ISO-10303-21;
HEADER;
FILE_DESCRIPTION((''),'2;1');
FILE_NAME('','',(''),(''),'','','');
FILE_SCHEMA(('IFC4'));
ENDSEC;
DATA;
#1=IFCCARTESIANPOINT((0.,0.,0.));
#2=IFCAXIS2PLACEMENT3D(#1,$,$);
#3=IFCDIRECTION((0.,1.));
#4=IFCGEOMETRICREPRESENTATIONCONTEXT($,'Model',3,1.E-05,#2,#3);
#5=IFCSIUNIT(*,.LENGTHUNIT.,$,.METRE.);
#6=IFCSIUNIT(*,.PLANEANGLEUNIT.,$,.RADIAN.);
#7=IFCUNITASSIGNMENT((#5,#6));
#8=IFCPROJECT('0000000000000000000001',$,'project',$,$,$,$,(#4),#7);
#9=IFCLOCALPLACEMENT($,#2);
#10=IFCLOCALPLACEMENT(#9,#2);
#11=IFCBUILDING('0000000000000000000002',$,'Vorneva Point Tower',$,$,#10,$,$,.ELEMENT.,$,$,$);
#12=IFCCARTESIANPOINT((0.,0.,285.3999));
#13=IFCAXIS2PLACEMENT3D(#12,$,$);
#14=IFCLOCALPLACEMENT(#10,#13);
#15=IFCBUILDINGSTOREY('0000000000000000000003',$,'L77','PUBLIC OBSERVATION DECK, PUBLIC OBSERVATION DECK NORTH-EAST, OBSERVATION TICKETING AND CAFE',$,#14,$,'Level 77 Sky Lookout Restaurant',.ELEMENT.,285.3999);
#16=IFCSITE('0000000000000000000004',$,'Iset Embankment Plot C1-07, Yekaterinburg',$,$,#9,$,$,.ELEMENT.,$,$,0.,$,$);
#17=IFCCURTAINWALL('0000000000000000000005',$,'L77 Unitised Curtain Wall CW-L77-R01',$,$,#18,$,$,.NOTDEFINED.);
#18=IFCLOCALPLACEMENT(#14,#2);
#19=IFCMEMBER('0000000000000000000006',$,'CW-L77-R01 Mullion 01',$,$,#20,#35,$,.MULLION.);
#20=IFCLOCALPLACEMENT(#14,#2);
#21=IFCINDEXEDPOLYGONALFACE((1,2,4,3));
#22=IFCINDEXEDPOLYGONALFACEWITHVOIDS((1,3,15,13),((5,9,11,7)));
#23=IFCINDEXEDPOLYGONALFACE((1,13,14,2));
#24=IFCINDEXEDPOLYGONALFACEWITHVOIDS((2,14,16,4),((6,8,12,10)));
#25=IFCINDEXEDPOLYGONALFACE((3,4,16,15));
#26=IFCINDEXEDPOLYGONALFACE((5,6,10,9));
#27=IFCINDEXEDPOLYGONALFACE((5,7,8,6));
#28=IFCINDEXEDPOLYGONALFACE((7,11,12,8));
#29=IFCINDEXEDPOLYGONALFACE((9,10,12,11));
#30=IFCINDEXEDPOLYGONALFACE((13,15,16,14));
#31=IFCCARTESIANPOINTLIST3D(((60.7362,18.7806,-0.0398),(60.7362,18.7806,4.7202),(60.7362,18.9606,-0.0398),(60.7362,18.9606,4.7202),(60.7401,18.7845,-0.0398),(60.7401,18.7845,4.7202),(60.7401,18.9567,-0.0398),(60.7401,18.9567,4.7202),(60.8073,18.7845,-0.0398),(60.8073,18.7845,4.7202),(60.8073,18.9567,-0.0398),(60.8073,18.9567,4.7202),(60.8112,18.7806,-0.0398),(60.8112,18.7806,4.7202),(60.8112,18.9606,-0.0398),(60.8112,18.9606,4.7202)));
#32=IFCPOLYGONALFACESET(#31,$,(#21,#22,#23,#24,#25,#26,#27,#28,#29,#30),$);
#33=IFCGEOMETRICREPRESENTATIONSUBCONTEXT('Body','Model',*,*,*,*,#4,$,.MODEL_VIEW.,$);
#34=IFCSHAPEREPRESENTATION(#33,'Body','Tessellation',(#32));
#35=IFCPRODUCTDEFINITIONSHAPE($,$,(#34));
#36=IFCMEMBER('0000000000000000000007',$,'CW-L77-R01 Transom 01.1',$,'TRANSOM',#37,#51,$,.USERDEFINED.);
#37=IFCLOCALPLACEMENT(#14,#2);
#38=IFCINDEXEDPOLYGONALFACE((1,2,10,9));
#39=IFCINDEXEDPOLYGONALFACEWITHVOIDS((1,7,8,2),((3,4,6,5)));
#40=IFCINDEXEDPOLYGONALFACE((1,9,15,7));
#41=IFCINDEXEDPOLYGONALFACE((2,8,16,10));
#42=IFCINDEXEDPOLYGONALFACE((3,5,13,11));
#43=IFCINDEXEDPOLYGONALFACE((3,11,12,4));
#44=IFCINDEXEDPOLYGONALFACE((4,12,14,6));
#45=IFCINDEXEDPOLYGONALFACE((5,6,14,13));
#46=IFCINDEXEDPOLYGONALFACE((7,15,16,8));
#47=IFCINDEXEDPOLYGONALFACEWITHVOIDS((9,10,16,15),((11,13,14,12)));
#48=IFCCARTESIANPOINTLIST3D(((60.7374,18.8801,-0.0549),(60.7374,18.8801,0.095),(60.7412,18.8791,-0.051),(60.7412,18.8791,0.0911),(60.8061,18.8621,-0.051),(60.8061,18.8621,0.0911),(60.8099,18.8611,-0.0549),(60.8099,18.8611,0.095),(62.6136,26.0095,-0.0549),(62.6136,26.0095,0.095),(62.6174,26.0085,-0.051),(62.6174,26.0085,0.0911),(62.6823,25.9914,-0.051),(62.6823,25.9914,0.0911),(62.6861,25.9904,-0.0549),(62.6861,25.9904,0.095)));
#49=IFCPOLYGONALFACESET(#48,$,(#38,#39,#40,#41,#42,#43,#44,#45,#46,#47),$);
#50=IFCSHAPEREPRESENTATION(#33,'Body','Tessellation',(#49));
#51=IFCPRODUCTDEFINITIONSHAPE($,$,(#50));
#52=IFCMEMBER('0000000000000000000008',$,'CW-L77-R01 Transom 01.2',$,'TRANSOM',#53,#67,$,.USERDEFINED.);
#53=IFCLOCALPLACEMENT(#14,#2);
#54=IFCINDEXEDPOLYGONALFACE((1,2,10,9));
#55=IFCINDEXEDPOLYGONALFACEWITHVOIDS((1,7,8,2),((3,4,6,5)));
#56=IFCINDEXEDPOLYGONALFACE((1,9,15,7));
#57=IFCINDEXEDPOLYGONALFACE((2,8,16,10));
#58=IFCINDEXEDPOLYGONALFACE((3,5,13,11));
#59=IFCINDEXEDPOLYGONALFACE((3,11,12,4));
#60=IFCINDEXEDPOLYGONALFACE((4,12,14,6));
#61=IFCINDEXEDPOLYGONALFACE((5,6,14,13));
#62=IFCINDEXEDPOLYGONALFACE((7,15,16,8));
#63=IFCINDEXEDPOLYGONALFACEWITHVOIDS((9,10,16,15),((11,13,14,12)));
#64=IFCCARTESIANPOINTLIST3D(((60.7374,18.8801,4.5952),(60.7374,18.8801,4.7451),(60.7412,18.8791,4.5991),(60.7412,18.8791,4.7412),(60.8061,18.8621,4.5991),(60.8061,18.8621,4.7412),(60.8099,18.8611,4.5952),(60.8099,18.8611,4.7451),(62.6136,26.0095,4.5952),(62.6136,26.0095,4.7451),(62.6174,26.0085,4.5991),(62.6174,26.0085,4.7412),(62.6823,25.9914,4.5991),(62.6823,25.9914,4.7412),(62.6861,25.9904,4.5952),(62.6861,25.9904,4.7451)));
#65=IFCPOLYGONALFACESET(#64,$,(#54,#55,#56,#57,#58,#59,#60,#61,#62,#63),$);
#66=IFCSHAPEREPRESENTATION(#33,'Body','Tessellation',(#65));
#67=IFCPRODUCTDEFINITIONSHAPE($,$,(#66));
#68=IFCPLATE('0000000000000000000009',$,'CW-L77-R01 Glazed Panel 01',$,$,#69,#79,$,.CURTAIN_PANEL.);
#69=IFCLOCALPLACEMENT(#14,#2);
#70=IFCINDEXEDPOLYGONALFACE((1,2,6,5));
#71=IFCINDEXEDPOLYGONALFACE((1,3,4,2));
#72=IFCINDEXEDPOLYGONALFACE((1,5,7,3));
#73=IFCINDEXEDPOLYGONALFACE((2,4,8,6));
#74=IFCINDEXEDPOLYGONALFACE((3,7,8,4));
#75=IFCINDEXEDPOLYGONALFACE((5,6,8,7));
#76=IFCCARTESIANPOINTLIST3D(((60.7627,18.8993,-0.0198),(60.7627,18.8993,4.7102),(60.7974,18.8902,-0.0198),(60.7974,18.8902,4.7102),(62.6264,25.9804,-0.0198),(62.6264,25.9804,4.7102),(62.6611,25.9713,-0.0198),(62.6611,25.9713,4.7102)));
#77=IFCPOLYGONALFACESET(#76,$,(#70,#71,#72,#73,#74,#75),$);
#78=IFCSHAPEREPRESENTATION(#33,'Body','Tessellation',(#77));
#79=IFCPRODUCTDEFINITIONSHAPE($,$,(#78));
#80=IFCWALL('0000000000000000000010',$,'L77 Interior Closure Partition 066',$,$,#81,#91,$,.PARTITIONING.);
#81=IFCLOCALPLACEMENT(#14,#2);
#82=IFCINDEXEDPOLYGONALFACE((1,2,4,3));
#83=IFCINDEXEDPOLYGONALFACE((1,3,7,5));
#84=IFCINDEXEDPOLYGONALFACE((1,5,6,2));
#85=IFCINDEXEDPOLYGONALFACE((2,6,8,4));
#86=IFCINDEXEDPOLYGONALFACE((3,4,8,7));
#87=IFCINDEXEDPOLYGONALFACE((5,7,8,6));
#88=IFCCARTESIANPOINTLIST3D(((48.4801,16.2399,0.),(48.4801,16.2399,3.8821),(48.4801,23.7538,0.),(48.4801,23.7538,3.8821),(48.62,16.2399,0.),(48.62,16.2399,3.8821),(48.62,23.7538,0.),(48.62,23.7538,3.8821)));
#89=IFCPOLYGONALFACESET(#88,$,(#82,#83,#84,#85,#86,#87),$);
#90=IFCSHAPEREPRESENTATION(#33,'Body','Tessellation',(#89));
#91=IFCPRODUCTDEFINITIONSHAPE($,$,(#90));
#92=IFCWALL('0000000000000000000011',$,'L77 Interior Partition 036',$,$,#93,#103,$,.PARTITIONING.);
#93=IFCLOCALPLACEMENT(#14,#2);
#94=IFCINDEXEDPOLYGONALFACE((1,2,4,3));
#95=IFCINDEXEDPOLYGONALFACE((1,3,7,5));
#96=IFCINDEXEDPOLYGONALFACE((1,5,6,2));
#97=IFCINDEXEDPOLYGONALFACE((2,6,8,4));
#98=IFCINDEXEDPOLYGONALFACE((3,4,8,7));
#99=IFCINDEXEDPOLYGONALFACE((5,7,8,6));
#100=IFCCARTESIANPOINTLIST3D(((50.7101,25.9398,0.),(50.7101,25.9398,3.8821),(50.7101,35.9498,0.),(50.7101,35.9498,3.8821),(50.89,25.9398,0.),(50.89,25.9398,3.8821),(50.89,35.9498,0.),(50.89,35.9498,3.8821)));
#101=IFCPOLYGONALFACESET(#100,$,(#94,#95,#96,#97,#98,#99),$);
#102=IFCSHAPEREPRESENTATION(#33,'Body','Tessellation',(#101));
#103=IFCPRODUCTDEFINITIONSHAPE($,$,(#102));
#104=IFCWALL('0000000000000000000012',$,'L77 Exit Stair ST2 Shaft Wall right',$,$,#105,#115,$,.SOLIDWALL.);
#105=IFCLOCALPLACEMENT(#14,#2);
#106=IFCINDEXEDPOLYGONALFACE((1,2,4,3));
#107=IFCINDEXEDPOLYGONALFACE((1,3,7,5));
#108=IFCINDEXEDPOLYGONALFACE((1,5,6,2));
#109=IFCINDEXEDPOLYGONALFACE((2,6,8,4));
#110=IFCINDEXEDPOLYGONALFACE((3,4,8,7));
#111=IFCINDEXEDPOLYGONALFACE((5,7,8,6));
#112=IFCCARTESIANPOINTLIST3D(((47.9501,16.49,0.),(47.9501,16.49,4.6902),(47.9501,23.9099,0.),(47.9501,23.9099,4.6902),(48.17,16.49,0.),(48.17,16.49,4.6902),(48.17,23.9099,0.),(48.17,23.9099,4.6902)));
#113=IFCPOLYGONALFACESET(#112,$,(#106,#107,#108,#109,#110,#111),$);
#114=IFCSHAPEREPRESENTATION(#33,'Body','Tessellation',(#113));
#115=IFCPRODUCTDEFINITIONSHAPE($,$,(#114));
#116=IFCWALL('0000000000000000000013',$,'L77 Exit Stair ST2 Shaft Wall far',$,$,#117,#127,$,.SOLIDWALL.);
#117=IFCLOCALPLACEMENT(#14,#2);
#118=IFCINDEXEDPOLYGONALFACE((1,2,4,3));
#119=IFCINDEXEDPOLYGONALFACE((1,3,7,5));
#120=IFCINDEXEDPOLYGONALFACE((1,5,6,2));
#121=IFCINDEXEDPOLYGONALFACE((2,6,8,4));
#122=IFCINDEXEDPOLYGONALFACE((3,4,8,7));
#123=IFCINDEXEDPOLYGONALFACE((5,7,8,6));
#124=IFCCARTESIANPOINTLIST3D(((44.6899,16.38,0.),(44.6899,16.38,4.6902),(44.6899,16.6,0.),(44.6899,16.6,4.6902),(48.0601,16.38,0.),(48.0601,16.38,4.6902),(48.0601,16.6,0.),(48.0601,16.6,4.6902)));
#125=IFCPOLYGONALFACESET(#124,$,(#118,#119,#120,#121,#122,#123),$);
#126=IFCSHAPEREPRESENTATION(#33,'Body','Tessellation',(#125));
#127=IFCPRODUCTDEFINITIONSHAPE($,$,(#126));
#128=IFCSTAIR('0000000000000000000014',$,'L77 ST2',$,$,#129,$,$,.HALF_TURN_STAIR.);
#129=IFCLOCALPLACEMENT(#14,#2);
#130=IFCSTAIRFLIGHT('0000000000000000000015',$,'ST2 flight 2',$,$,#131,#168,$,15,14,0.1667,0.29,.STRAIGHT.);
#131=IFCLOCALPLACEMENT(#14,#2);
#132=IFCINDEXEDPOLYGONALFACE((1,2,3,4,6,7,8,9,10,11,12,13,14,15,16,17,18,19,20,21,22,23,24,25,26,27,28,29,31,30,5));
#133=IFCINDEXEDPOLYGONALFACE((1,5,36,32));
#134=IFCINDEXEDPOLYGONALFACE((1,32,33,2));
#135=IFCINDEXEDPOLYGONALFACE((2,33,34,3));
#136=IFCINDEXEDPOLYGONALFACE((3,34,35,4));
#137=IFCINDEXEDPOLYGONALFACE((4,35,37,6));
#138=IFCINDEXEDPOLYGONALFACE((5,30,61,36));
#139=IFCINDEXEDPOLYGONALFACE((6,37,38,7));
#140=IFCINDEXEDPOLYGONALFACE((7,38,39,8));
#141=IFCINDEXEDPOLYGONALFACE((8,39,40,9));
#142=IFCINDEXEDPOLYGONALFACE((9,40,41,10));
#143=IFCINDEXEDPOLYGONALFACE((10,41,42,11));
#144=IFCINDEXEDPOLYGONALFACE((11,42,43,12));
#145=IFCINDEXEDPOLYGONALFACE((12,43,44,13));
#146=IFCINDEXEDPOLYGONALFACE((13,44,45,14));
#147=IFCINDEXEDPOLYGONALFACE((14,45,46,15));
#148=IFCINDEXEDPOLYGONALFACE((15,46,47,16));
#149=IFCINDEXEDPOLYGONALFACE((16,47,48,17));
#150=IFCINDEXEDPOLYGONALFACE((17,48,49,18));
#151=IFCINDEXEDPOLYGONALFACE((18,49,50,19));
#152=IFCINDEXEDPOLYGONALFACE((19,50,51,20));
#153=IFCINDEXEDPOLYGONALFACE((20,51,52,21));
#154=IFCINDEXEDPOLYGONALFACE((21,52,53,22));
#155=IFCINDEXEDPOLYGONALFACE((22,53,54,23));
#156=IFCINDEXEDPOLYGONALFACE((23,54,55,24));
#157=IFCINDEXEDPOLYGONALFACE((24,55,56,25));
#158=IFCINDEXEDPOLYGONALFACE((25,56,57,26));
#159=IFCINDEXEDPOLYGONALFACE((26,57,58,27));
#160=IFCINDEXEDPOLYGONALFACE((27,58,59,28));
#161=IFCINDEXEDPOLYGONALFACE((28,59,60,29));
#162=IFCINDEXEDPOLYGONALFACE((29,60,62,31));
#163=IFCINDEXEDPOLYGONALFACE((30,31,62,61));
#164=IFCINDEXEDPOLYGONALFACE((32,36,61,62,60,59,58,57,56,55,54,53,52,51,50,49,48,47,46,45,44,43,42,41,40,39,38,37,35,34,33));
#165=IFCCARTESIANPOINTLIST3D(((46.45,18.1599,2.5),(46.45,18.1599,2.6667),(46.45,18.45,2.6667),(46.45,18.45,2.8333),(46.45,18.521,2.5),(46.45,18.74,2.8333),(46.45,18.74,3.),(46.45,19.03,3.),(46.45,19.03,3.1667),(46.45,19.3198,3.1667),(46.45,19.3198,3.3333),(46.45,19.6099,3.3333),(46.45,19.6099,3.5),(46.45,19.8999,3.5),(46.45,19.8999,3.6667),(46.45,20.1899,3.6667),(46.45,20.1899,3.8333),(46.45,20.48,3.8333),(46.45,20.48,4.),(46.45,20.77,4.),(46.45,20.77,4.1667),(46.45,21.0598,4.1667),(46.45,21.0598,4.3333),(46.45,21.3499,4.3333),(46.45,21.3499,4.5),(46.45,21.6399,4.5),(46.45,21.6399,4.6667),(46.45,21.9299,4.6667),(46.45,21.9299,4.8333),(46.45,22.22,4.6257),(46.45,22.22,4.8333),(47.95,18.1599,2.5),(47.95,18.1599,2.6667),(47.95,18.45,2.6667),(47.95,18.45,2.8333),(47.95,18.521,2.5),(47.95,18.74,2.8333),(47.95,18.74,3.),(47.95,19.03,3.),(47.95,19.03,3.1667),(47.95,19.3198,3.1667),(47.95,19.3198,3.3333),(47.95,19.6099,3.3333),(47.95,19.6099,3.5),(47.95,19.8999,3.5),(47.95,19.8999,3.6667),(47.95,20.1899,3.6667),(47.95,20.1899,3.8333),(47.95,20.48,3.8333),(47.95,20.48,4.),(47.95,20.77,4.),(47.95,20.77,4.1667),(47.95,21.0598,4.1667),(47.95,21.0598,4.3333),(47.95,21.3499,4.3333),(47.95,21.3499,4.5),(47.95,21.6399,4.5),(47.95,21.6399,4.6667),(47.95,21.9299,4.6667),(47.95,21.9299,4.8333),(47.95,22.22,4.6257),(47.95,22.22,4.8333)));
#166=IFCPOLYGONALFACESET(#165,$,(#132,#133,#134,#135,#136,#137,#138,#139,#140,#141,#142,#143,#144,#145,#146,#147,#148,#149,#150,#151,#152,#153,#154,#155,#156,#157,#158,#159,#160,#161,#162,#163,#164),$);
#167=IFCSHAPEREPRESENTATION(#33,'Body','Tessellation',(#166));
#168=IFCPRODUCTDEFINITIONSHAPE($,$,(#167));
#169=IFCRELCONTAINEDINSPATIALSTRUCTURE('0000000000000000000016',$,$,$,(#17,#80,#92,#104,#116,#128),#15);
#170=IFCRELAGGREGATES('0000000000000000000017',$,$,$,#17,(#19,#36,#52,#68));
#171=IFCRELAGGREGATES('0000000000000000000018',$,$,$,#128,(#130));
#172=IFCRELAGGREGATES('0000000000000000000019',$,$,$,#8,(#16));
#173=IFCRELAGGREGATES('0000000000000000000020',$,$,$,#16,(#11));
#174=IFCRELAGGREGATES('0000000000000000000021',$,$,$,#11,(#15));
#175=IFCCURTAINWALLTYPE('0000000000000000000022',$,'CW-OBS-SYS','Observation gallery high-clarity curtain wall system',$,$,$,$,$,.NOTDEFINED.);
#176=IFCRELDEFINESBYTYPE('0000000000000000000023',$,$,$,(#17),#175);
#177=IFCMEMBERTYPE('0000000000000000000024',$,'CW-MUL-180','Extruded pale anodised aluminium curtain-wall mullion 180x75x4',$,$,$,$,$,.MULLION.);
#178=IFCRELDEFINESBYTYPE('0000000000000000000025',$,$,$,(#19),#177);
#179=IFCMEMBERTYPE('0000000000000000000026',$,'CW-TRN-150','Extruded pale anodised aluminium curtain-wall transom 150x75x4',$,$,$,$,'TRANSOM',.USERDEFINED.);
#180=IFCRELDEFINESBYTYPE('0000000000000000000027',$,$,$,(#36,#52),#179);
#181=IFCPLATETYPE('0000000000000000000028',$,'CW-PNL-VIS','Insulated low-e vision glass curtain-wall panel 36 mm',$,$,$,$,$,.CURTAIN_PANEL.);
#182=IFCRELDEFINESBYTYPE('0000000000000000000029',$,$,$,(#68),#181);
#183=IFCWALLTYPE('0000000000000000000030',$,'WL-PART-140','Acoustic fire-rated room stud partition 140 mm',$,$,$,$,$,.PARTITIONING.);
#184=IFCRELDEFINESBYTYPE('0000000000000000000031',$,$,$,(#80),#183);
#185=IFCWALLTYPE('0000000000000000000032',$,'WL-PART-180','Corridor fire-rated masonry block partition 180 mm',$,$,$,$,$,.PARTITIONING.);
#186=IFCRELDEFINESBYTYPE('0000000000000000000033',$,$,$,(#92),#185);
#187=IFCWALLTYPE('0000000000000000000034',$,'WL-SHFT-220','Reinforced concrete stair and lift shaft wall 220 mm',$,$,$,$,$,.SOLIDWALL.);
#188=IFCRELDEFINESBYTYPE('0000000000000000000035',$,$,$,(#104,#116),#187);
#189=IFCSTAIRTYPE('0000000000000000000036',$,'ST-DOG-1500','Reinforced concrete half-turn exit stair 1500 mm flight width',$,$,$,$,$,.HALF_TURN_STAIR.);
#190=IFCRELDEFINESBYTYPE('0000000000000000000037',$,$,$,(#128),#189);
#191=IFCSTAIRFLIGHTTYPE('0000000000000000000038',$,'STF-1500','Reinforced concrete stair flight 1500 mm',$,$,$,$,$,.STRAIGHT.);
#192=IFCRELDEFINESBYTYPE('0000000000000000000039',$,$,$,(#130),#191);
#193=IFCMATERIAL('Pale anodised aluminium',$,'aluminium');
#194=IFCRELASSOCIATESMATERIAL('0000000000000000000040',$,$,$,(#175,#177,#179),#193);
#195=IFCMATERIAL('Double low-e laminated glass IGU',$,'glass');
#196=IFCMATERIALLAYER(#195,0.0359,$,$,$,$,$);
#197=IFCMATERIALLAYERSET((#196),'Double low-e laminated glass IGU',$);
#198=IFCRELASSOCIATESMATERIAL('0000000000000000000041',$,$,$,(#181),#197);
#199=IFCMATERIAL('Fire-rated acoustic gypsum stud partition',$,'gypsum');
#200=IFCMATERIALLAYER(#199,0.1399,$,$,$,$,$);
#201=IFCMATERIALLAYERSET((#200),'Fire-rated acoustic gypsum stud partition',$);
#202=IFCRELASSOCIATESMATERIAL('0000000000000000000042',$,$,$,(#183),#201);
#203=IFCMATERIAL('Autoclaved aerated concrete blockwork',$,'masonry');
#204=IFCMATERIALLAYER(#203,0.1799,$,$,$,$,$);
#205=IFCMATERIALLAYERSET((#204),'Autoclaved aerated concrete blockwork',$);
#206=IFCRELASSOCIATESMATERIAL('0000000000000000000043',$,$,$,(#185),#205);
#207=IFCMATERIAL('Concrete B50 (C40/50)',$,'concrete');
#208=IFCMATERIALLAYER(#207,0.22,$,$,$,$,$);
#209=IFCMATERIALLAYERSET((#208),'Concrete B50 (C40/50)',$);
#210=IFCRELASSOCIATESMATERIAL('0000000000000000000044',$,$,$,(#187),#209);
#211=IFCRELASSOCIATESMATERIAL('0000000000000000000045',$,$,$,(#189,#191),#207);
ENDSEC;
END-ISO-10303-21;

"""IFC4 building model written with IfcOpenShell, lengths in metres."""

from ifc_helpers import new_model, si_unit, direction, frame, frame_2d, origin, origin_2d, place, context, subcontext, project, spatial, polyline, rectangle, hollow_rectangle, outline, extrude, material, layer, layer_set, material_profile, profile_set, type_object, element, aggregate, save


model = new_model("IFC4")

# Units and contexts
model_context = context("Model", 3, precision=1e-05, world=origin(), true_north=direction((0.0, 1.0)))
body_context = subcontext(model_context, "Body", "Model", "MODEL_VIEW")
ifc_project = project(units=[si_unit("LENGTHUNIT", "METRE"), si_unit("PLANEANGLEUNIT", "RADIAN")], contexts=[model_context])

# Site, building, storey
site_placement = place(None, origin())
site = spatial("IfcSite", under=ifc_project, at=site_placement, Name="Iset Embankment Plot C1-07, Yekaterinburg", CompositionType="ELEMENT", RefElevation=0.0)
building_placement = place(site_placement, origin())
building = spatial("IfcBuilding", under=site, at=building_placement, Name="Vorneva Point Tower", CompositionType="ELEMENT")
storey_placement = place(building_placement, frame((0.0, 0.0, 285.3999)))
storey = spatial("IfcBuildingStorey", under=building, at=storey_placement, Name="L77", Description="PUBLIC OBSERVATION DECK, PUBLIC OBSERVATION DECK NORTH-EAST, OBSERVATION TICKETING AND CAFE", LongName="Level 77 Sky Lookout Restaurant", CompositionType="ELEMENT", Elevation=285.3999)

# Shared definitions
ifc_material_1 = material(Name="Concrete B50 (C40/50)", Category="concrete")

# Curtain wall, members, plate
ifc_material_2 = material(Name="Pale anodised aluminium", Category="aluminium")
curtain_wall_type = type_object("IfcCurtainWallType", Name="CW-OBS-SYS", Description="Observation gallery high-clarity curtain wall system", PredefinedType="NOTDEFINED", material=ifc_material_2)
curtain_wall_placement = place(storey_placement, origin())
curtain_wall = element("IfcCurtainWall", 1, at=curtain_wall_placement, inside=storey, type_object=curtain_wall_type, Name="L77 Unitised Curtain Wall CW-L77-R01", PredefinedType="NOTDEFINED")
ifc_material_profile_1 = material_profile(ifc_material_2, hollow_rectangle(XDim=0.075, YDim=0.1799, WallThickness=0.0039, at=origin_2d()), Name="AL-MUL 180x75x4")
ifc_profile_set_1 = profile_set([ifc_material_profile_1], Name="Pale anodised aluminium")
member_type_1 = type_object("IfcMemberType", Name="CW-MUL-180", Description="Extruded pale anodised aluminium curtain-wall mullion 180x75x4", PredefinedType="MULLION", material=ifc_profile_set_1)
member_1_placement = place(storey_placement, frame((60.7737, 18.8706, -0.0398), z_axis=(0.0, 0.0, 1.0), x_axis=(1.0, 0.0, 0.0)))
member_1 = element("IfcMember", 2, at=member_1_placement, type_object=member_type_1, Name="CW-L77-R01 Mullion 01", PredefinedType="MULLION", context=body_context, shape_type="SweptSolid", body=[
    extrude(hollow_rectangle(XDim=0.075, YDim=0.1799, WallThickness=0.0039, at=origin_2d()), origin(), (0.0, 0.0, 1.0), 4.76),
])
ifc_material_profile_2 = material_profile(ifc_material_2, hollow_rectangle(XDim=0.075, YDim=0.1499, WallThickness=0.0039, at=origin_2d()), Name="AL-TRN 150x75x4")
ifc_profile_set_2 = profile_set([ifc_material_profile_2], Name="Pale anodised aluminium")
member_type_2 = type_object("IfcMemberType", Name="CW-TRN-150", Description="Extruded pale anodised aluminium curtain-wall transom 150x75x4", ElementType="TRANSOM", PredefinedType="USERDEFINED", material=ifc_profile_set_2)
member_2_placement = place(storey_placement, frame((60.7737, 18.8706, 0.02), z_axis=(0.254501, 0.967072, 0.0), x_axis=(-0.967072, 0.254501, 0.0)))
member_2 = element("IfcMember", 3, at=member_2_placement, type_object=member_type_2, Name="CW-L77-R01 Transom 01.1", ObjectType="TRANSOM", PredefinedType="USERDEFINED", context=body_context, shape_type="SweptSolid", body=[
    extrude(hollow_rectangle(XDim=0.075, YDim=0.1499, WallThickness=0.0039, at=origin_2d()), origin(), (0.0, 0.0, 1.0), 7.3721),
])
member_3_placement = place(storey_placement, frame((60.7737, 18.8706, 4.6702), z_axis=(0.254501, 0.967072, 0.0), x_axis=(-0.967072, 0.254501, 0.0)))
member_3 = element("IfcMember", 4, at=member_3_placement, type_object=member_type_2, Name="CW-L77-R01 Transom 01.2", ObjectType="TRANSOM", PredefinedType="USERDEFINED", context=body_context, shape_type="SweptSolid", body=[
    extrude(hollow_rectangle(XDim=0.075, YDim=0.1499, WallThickness=0.0039, at=origin_2d()), origin(), (0.0, 0.0, 1.0), 7.3721),
])
ifc_material_3 = material(Name="Double low-e laminated glass IGU", Category="glass")
ifc_layer_1 = layer(ifc_material_3, 0.0359)
ifc_layer_set_1 = layer_set([ifc_layer_1], Name="Double low-e laminated glass IGU")
plate_type = type_object("IfcPlateType", Name="CW-PNL-VIS", Description="Insulated low-e vision glass curtain-wall panel 36 mm", PredefinedType="CURTAIN_PANEL", material=ifc_layer_set_1)
plate_placement = place(storey_placement, frame((61.7119, 22.4353, -0.0198), z_axis=(0.0, 0.0, 1.0), x_axis=(0.254518, 0.967068, 0.0)))
plate = element("IfcPlate", 5, at=plate_placement, type_object=plate_type, Name="CW-L77-R01 Glazed Panel 01", PredefinedType="CURTAIN_PANEL", context=body_context, shape_type="SweptSolid", body=[
    extrude(rectangle(XDim=7.3223, YDim=0.0359, at=origin_2d()), origin(), (0.0, 0.0, 1.0), 4.73),
])
aggregate(curtain_wall, [member_1, member_2, member_3, plate])

# Wall
ifc_material_4 = material(Name="Fire-rated acoustic gypsum stud partition", Category="gypsum")
ifc_layer_2 = layer(ifc_material_4, 0.1399)
ifc_layer_set_2 = layer_set([ifc_layer_2], Name="Fire-rated acoustic gypsum stud partition")
wall_type_1 = type_object("IfcWallType", Name="WL-PART-140", Description="Acoustic fire-rated room stud partition 140 mm", PredefinedType="PARTITIONING", material=ifc_layer_set_2)
wall_1_placement = place(storey_placement, frame((48.55, 16.24, 0.0), z_axis=(0.0, 0.0, 1.0), x_axis=(0.0, 1.0, 0.0)))
element("IfcWall", 6, at=wall_1_placement, inside=storey, type_object=wall_type_1, Name="L77 Interior Closure Partition 066", PredefinedType="PARTITIONING", context=body_context, shape_type="SweptSolid", body=[
    extrude(rectangle(XDim=7.5139, YDim=0.1399, at=frame_2d((3.7568, 0.0))), origin(), (0.0, 0.0, 1.0), 3.8821),
])

# Shared definitions
ifc_material_5 = material(Name="Autoclaved aerated concrete blockwork", Category="masonry")
ifc_layer_3 = layer(ifc_material_5, 0.1799)
ifc_layer_set_3 = layer_set([ifc_layer_3], Name="Autoclaved aerated concrete blockwork")
wall_type_2 = type_object("IfcWallType", Name="WL-PART-180", Description="Corridor fire-rated masonry block partition 180 mm", PredefinedType="PARTITIONING", material=ifc_layer_set_3)

# Walls
wall_2_placement = place(storey_placement, frame((50.8, 25.9399, 0.0), z_axis=(0.0, 0.0, 1.0), x_axis=(0.0, 1.0, 0.0)))
element("IfcWall", 7, at=wall_2_placement, inside=storey, type_object=wall_type_2, Name="L77 Interior Partition 036", PredefinedType="PARTITIONING", context=body_context, shape_type="SweptSolid", body=[
    extrude(rectangle(XDim=10.01, YDim=0.1799, at=frame_2d((5.0049, 0.0))), origin(), (0.0, 0.0, 1.0), 3.8821),
])
ifc_layer_4 = layer(ifc_material_1, 0.22)
ifc_layer_set_4 = layer_set([ifc_layer_4], Name="Concrete B50 (C40/50)")
wall_type_3 = type_object("IfcWallType", Name="WL-SHFT-220", Description="Reinforced concrete stair and lift shaft wall 220 mm", PredefinedType="SOLIDWALL", material=ifc_layer_set_4)
wall_3_placement = place(storey_placement, frame((48.0601, 23.9099, 0.0), z_axis=(0.0, 0.0, 1.0), x_axis=(0.0, -1.0, 0.0)))
element("IfcWall", 8, at=wall_3_placement, inside=storey, type_object=wall_type_3, Name="L77 Exit Stair ST2 Shaft Wall right", PredefinedType="SOLIDWALL", context=body_context, shape_type="SweptSolid", body=[
    extrude(rectangle(XDim=7.4199, YDim=0.22, at=frame_2d((3.71, 0.0))), origin(), (0.0, 0.0, 1.0), 4.6902),
])
wall_4_placement = place(storey_placement, frame((48.0601, 16.49, 0.0), z_axis=(0.0, 0.0, 1.0), x_axis=(-1.0, 0.0, 0.0)))
element("IfcWall", 9, at=wall_4_placement, inside=storey, type_object=wall_type_3, Name="L77 Exit Stair ST2 Shaft Wall far", PredefinedType="SOLIDWALL", context=body_context, shape_type="SweptSolid", body=[
    extrude(rectangle(XDim=3.3701, YDim=0.22, at=frame_2d((1.6851, 0.0))), origin(), (0.0, 0.0, 1.0), 4.6902),
])

# Stair, stair flight
stair_type = type_object("IfcStairType", Name="ST-DOG-1500", Description="Reinforced concrete half-turn exit stair 1500 mm flight width", PredefinedType="HALF_TURN_STAIR", material=ifc_material_1)
stair_placement = place(storey_placement, origin())
stair = element("IfcStair", 10, at=stair_placement, inside=storey, type_object=stair_type, Name="L77 ST2", PredefinedType="HALF_TURN_STAIR")
stair_flight_type = type_object("IfcStairFlightType", Name="STF-1500", Description="Reinforced concrete stair flight 1500 mm", PredefinedType="STRAIGHT", material=ifc_material_1)
stair_flight_placement = place(storey_placement, frame((47.2, 18.1599, 2.5), z_axis=(0.0, 0.0, 1.0), x_axis=(0.0, 1.0, 0.0)))
stair_flight = element("IfcStairFlight", 11, at=stair_flight_placement, type_object=stair_flight_type, Name="ST2 flight 2", NumberOfRisers=15, NumberOfTreads=14, PredefinedType="STRAIGHT", RiserHeight=0.1667, TreadLength=0.29, context=body_context, shape_type="SweptSolid", body=[
    extrude(outline(polyline([(0.0, 0.0), (0.0, 0.1667), (0.29, 0.1667), (0.29, 0.3333), (0.5801, 0.3333), (0.5801, 0.5), (0.8701, 0.5), (0.8701, 0.6667), (1.1599, 0.6667), (1.1599, 0.8333), (1.45, 0.8333), (1.45, 1.0), (1.74, 1.0), (1.74, 1.1667), (2.03, 1.1667), (2.03, 1.3333), (2.3201, 1.3333), (2.3201, 1.5), (2.6101, 1.5), (2.6101, 1.6667), (2.8999, 1.6667), (2.8999, 1.8333), (3.1899, 1.8333), (3.1899, 2.0), (3.48, 2.0), (3.48, 2.1667), (3.77, 2.1667), (3.77, 2.3333), (4.0601, 2.3333), (4.0601, 2.5), (4.0601, 2.1257), (0.3611, 0.0), (0.0, 0.0)])), frame((0.0, 0.75, 0.0), z_axis=(0.0, -1.0, 0.0), x_axis=(1.0, 0.0, 0.0)), (0.0, 0.0, 1.0), 1.5),
])
aggregate(stair, [stair_flight])

save(model, "model.ifc")
